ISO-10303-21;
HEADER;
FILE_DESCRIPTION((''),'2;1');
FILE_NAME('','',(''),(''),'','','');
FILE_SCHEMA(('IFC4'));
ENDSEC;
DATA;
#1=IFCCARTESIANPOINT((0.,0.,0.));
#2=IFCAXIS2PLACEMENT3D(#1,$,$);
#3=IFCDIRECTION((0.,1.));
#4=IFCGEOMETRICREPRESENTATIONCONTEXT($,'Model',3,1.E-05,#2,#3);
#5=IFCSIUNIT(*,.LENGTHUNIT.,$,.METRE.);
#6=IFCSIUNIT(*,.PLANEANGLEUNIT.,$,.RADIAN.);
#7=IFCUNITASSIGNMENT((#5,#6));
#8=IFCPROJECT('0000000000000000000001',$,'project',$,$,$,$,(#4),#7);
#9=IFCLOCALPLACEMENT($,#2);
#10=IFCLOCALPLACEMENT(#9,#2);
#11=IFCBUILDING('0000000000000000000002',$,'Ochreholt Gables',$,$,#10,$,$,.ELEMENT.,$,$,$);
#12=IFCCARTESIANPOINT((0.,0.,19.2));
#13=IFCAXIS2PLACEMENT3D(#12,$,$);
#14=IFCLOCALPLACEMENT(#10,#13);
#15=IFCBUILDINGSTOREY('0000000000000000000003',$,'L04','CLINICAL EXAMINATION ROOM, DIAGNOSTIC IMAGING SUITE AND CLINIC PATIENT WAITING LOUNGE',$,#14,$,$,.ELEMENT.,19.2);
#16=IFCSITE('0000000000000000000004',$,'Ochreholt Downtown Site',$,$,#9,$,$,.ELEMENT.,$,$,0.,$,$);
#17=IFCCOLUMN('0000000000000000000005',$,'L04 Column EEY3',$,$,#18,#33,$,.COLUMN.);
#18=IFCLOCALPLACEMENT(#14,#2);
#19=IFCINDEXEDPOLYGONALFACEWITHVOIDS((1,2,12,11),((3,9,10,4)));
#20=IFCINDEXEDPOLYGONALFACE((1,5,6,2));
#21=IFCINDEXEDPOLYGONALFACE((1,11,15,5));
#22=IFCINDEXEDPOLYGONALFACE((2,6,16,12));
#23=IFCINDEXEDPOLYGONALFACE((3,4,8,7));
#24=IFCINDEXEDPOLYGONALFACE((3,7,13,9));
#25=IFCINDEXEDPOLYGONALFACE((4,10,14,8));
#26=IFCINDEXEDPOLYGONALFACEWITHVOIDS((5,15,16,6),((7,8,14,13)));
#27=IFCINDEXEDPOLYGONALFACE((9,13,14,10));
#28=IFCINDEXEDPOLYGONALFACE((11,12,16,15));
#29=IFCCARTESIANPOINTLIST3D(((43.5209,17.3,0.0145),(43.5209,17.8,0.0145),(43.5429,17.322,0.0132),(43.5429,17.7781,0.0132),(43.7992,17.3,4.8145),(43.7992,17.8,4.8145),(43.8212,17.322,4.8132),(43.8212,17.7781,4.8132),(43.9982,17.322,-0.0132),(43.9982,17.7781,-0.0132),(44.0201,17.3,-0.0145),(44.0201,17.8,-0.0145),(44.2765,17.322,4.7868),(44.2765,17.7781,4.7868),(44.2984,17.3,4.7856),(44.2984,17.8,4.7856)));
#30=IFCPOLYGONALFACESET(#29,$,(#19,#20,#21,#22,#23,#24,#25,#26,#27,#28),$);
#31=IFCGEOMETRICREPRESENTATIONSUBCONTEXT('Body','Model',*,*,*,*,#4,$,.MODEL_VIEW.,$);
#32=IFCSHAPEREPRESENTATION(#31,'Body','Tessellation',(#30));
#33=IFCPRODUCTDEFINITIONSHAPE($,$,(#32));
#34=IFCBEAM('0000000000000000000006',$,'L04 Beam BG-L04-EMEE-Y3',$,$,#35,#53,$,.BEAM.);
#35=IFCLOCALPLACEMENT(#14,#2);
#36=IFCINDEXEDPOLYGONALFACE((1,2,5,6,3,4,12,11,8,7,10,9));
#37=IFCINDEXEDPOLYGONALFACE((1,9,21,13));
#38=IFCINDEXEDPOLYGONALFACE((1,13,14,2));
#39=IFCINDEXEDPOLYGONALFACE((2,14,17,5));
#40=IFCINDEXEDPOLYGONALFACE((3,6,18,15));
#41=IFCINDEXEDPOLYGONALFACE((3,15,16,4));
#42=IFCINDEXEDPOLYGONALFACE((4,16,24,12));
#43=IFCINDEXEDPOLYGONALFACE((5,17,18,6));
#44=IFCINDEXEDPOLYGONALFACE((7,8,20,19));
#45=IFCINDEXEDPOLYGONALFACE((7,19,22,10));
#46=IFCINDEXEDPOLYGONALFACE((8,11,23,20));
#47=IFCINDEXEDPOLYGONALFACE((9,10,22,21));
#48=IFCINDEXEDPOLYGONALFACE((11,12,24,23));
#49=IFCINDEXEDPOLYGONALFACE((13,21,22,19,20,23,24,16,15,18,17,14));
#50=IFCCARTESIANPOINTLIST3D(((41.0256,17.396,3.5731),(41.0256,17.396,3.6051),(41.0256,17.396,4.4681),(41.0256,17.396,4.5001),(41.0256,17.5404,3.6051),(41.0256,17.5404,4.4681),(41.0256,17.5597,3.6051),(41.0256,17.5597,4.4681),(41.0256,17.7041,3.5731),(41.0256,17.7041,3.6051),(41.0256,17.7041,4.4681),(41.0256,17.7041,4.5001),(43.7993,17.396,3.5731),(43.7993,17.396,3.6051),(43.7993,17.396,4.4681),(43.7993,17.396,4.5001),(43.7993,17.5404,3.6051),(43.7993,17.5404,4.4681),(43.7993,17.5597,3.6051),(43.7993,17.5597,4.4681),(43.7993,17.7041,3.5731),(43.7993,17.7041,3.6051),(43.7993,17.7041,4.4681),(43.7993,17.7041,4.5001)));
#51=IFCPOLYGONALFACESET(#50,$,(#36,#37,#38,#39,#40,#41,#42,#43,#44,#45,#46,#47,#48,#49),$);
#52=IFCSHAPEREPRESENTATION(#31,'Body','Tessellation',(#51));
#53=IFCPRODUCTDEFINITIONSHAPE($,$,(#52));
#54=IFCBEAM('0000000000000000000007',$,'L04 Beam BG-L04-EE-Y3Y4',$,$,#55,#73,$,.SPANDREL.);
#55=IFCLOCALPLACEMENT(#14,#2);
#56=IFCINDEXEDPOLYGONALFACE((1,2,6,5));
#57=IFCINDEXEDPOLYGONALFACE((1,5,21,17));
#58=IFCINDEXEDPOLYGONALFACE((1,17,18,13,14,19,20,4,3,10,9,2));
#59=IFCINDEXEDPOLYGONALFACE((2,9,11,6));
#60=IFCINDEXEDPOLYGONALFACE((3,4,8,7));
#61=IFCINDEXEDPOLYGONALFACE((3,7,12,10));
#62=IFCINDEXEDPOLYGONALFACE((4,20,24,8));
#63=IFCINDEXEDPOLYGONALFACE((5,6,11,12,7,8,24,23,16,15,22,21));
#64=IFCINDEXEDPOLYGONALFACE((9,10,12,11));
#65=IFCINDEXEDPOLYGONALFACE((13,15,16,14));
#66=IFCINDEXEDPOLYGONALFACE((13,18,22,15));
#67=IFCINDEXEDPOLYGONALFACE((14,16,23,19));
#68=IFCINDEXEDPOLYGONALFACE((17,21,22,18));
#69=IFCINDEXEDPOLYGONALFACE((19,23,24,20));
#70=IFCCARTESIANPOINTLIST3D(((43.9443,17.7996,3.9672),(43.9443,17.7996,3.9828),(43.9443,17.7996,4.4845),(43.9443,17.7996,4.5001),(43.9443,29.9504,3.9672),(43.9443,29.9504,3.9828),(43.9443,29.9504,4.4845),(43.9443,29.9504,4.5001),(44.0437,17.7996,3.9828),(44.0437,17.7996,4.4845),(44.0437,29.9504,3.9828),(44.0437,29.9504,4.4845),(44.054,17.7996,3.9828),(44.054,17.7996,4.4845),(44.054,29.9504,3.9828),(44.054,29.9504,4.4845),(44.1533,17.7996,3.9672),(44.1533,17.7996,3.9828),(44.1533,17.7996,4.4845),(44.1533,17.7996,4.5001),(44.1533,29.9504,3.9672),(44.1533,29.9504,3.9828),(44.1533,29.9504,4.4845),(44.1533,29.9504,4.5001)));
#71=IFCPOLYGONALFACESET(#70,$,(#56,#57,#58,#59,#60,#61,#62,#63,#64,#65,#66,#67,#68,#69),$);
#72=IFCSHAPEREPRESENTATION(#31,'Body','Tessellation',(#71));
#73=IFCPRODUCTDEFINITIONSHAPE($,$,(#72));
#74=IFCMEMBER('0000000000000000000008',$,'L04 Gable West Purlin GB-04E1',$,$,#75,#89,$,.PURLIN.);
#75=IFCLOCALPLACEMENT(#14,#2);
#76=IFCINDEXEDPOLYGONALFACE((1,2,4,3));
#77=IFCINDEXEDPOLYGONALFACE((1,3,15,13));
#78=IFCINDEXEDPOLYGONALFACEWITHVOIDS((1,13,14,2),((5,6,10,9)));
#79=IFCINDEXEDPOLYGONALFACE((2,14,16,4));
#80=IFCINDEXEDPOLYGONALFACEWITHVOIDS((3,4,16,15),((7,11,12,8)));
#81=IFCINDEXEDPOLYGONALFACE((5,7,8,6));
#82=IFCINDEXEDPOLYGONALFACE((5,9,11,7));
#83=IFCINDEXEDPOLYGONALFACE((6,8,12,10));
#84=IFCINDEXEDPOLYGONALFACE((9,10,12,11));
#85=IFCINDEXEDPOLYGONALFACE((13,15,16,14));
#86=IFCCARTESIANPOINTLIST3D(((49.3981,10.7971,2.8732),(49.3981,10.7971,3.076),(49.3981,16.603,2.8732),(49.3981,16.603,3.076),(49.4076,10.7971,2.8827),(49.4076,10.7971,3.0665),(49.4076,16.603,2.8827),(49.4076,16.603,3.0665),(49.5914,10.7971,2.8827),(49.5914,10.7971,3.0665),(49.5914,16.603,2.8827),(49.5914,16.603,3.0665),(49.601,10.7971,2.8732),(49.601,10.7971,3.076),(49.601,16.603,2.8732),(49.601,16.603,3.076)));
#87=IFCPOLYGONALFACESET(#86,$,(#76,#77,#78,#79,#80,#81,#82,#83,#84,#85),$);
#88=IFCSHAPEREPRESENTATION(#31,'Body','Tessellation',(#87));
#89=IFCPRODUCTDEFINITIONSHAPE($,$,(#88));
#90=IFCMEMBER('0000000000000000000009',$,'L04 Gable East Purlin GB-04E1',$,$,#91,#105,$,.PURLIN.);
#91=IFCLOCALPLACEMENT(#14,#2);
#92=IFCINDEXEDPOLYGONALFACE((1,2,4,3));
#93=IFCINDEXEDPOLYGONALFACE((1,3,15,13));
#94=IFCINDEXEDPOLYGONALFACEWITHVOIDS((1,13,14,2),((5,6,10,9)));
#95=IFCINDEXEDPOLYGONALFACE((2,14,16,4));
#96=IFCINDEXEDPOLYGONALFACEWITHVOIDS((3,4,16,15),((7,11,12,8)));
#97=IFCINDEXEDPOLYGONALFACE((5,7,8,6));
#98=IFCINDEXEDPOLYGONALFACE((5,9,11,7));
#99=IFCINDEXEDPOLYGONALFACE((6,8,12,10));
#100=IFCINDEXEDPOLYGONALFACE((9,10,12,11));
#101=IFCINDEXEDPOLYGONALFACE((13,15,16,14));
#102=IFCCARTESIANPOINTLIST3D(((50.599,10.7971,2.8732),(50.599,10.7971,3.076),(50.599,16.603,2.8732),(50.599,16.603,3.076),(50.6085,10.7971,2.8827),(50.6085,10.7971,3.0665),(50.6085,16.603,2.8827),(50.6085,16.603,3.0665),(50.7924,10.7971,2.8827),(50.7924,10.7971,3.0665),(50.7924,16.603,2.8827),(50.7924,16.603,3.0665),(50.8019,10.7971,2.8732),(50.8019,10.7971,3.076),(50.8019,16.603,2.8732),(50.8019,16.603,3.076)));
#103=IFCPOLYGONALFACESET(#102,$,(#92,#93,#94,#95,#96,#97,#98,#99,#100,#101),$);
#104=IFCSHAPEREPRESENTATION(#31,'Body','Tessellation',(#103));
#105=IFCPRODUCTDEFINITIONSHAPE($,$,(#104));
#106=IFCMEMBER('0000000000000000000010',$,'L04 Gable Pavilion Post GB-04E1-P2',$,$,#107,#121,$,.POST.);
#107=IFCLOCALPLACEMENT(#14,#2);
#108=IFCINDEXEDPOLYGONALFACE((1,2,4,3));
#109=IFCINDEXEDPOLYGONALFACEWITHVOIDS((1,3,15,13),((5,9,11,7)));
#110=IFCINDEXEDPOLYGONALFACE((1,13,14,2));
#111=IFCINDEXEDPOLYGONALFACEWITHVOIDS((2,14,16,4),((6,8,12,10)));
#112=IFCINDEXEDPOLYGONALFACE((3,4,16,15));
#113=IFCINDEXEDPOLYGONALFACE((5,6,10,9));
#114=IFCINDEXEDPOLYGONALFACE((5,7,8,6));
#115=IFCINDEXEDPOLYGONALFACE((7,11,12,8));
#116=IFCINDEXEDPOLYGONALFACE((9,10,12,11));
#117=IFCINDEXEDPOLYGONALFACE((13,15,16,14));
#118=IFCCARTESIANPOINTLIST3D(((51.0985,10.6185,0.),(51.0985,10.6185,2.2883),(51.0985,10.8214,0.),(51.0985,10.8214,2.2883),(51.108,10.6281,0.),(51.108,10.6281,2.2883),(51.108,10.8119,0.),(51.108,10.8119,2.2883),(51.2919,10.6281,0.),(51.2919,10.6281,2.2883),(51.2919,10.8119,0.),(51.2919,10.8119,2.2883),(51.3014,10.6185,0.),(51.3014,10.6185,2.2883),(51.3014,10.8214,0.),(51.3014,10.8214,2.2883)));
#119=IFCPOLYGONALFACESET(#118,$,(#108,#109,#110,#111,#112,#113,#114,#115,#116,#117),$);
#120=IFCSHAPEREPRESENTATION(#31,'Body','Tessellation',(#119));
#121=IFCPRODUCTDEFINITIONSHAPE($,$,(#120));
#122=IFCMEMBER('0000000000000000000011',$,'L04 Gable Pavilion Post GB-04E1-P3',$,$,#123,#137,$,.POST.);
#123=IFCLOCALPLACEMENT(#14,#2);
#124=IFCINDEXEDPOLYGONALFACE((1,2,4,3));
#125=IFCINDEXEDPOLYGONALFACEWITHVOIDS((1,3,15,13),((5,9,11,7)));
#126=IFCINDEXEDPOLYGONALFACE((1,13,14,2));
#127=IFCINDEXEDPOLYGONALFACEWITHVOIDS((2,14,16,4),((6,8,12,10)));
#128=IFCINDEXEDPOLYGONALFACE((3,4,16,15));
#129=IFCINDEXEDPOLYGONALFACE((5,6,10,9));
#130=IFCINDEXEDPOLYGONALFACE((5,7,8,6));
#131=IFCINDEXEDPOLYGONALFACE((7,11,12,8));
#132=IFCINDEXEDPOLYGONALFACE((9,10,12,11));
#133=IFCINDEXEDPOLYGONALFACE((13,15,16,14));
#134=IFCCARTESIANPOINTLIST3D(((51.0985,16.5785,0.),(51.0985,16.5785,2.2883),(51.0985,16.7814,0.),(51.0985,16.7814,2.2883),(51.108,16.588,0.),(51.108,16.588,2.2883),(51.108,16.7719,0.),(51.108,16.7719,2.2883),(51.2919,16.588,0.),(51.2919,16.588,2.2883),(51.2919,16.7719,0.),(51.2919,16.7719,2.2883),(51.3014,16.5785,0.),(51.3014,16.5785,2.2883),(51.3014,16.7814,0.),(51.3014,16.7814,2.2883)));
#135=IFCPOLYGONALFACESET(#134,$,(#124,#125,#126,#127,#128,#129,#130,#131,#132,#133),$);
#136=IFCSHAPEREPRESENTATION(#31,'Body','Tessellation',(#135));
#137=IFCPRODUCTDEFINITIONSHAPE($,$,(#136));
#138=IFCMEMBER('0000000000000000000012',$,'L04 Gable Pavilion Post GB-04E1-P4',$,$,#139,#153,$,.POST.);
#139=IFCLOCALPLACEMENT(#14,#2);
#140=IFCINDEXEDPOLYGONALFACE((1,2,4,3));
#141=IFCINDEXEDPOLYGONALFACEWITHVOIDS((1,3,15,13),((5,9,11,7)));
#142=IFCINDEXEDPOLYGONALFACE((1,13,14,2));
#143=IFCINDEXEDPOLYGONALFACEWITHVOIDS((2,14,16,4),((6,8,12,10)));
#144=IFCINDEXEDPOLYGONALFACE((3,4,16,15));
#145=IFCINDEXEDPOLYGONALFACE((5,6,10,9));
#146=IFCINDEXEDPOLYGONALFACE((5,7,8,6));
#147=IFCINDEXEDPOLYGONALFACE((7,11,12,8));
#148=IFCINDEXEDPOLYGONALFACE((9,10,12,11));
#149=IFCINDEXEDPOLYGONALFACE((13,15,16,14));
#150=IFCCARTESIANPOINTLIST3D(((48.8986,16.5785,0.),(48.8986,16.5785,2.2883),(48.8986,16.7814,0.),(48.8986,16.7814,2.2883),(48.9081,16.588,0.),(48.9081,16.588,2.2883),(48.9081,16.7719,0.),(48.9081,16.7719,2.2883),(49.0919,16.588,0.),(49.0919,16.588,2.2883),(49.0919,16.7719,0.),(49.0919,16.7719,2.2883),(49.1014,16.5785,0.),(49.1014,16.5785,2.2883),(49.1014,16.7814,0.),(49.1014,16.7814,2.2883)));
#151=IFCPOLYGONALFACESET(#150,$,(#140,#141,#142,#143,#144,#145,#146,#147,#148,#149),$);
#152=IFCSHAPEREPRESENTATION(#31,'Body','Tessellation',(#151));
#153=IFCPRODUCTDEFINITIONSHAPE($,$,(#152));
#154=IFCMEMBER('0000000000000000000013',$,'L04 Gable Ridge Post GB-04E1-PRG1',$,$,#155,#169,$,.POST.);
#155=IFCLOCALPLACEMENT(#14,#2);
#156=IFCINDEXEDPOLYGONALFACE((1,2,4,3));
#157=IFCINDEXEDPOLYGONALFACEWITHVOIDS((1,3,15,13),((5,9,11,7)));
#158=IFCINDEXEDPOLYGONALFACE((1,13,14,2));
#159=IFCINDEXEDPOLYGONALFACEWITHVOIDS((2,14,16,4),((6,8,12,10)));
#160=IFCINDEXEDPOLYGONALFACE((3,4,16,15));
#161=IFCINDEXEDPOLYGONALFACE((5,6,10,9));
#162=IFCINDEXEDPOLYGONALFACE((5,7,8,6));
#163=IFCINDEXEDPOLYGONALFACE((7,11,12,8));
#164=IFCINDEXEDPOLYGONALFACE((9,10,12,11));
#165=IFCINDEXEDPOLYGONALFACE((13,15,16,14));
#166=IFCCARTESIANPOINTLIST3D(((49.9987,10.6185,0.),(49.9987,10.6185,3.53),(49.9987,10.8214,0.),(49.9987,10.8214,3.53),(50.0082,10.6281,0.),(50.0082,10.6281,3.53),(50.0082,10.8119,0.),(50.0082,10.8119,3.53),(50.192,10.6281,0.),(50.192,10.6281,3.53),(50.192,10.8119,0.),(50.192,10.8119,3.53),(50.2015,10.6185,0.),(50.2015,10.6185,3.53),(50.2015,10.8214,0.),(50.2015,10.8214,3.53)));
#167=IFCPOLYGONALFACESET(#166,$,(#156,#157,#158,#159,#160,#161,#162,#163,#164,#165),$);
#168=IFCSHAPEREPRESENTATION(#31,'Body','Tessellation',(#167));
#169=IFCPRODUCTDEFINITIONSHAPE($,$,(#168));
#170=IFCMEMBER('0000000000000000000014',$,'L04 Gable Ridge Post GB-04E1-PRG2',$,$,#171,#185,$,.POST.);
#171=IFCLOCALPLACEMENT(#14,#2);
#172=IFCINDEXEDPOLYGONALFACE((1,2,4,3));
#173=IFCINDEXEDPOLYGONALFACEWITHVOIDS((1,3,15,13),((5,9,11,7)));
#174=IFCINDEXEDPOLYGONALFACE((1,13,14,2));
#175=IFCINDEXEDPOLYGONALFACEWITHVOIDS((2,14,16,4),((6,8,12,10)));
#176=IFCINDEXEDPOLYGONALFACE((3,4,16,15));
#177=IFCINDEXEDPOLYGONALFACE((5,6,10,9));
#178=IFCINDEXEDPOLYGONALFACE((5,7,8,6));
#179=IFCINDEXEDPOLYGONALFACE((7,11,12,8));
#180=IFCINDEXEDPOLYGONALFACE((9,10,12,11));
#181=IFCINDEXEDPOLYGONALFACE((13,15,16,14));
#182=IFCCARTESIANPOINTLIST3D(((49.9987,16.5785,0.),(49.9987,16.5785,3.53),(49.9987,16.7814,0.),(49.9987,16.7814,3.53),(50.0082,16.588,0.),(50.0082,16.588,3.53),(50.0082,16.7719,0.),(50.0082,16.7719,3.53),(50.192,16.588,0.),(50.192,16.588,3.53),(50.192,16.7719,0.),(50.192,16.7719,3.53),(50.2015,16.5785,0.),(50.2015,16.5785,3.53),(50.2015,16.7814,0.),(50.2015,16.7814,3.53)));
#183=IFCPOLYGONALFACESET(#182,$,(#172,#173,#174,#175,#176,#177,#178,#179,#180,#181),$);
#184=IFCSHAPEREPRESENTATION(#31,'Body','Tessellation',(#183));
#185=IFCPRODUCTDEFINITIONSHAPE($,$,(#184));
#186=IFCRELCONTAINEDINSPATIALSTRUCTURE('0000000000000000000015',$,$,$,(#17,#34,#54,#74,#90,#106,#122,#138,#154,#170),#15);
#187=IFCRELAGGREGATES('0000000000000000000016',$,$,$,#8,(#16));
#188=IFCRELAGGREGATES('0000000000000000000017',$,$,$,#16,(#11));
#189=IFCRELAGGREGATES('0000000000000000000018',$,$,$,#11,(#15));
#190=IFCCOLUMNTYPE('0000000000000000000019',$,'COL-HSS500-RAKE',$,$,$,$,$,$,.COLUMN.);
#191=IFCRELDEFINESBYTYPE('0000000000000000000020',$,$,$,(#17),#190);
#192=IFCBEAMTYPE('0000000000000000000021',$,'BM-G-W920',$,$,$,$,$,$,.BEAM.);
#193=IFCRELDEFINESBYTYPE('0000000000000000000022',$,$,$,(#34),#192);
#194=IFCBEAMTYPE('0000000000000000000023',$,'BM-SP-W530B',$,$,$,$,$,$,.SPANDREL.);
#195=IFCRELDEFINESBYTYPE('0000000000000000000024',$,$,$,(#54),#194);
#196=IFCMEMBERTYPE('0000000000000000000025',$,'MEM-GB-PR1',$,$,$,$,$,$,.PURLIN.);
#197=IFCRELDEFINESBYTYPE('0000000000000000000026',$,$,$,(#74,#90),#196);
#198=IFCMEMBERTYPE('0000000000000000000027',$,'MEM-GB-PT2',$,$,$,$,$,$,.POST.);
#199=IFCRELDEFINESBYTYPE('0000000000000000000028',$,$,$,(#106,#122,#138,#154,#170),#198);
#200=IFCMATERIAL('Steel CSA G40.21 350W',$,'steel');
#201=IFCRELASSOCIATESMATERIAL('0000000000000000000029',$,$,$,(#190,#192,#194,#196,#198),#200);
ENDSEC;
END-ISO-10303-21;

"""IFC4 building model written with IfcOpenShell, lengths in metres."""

from ifc_helpers import new_model, si_unit, direction, frame, origin, origin_2d, place, context, subcontext, project, spatial, hollow_rectangle, i_section, extrude, material, material_profile, profile_set, type_object, element, save


model = new_model("IFC4")

# Units and contexts
model_context = context("Model", 3, precision=1e-05, world=origin(), true_north=direction((0.0, 1.0)))
body_context = subcontext(model_context, "Body", "Model", "MODEL_VIEW")
ifc_project = project(units=[si_unit("LENGTHUNIT", "METRE"), si_unit("PLANEANGLEUNIT", "RADIAN")], contexts=[model_context])

# Site, building, storey
site_placement = place(None, origin())
site = spatial("IfcSite", under=ifc_project, at=site_placement, Name="Ochreholt Downtown Site", CompositionType="ELEMENT", RefElevation=0.0)
building_placement = place(site_placement, origin())
building = spatial("IfcBuilding", under=site, at=building_placement, Name="Ochreholt Gables", CompositionType="ELEMENT")
storey_placement = place(building_placement, frame((0.0, 0.0, 19.2)))
storey = spatial("IfcBuildingStorey", under=building, at=storey_placement, Name="L04", Description="CLINICAL EXAMINATION ROOM, DIAGNOSTIC IMAGING SUITE AND CLINIC PATIENT WAITING LOUNGE", CompositionType="ELEMENT", Elevation=19.2)

# Column
ifc_material_1 = material(Name="Steel CSA G40.21 350W", Category="steel")
ifc_material_profile_1 = material_profile(ifc_material_1, hollow_rectangle(XDim=0.5, YDim=0.5, WallThickness=0.022, at=origin_2d()), Name="HSS500X500X22")
ifc_profile_set_1 = profile_set([ifc_material_profile_1], Name="Steel CSA G40.21 350W")
column_type = type_object("IfcColumnType", Name="COL-HSS500-RAKE", PredefinedType="COLUMN", material=ifc_profile_set_1)
column_placement = place(storey_placement, frame((43.7705, 17.55, 0.0), z_axis=(0.057886, 0.0, 0.998323), x_axis=(0.0, 1.0, 0.0)))
element("IfcColumn", 1, at=column_placement, inside=storey, type_object=column_type, Name="L04 Column EEY3", PredefinedType="COLUMN", context=body_context, shape_type="SweptSolid", body=[
    extrude(hollow_rectangle(XDim=0.5, YDim=0.5, WallThickness=0.022, at=origin_2d()), origin(), (0.0, 0.0, 1.0), 4.8081),
])

# Beams
ifc_material_profile_2 = material_profile(ifc_material_1, i_section(OverallWidth=0.3081, OverallDepth=0.927, WebThickness=0.0193, FlangeThickness=0.032, at=origin_2d()), Name="W920X289")
ifc_profile_set_2 = profile_set([ifc_material_profile_2], Name="Steel CSA G40.21 350W")
beam_type_1 = type_object("IfcBeamType", Name="BM-G-W920", PredefinedType="BEAM", material=ifc_profile_set_2)
beam_1_placement = place(storey_placement, frame((41.0256, 17.55, 4.0366), z_axis=(1.0, 0.0, 0.0), x_axis=(0.0, 1.0, 0.0)))
element("IfcBeam", 2, at=beam_1_placement, inside=storey, type_object=beam_type_1, Name="L04 Beam BG-L04-EMEE-Y3", PredefinedType="BEAM", context=body_context, shape_type="SweptSolid", body=[
    extrude(i_section(OverallWidth=0.3081, OverallDepth=0.927, WebThickness=0.0193, FlangeThickness=0.032, at=origin_2d()), origin(), (0.0, 0.0, 1.0), 2.7737),
])
ifc_material_profile_3 = material_profile(ifc_material_1, i_section(OverallWidth=0.209, OverallDepth=0.533, WebThickness=0.0103, FlangeThickness=0.0156, at=origin_2d()), Name="W530X92")
ifc_profile_set_3 = profile_set([ifc_material_profile_3], Name="Steel CSA G40.21 350W")
beam_type_2 = type_object("IfcBeamType", Name="BM-SP-W530B", PredefinedType="SPANDREL", material=ifc_profile_set_3)
beam_2_placement = place(storey_placement, frame((44.0488, 17.7996, 4.2336), z_axis=(0.0, 1.0, 0.0), x_axis=(-1.0, 0.0, 0.0)))
element("IfcBeam", 3, at=beam_2_placement, inside=storey, type_object=beam_type_2, Name="L04 Beam BG-L04-EE-Y3Y4", PredefinedType="SPANDREL", context=body_context, shape_type="SweptSolid", body=[
    extrude(i_section(OverallWidth=0.209, OverallDepth=0.533, WebThickness=0.0103, FlangeThickness=0.0156, at=origin_2d()), origin(), (0.0, 0.0, 1.0), 12.1509),
])

# Members
ifc_material_profile_4 = material_profile(ifc_material_1, hollow_rectangle(XDim=0.2029, YDim=0.2029, WallThickness=0.0095, at=origin_2d()), Name="HSS203X203X10")
ifc_profile_set_4 = profile_set([ifc_material_profile_4], Name="Steel CSA G40.21 350W")
member_type_1 = type_object("IfcMemberType", Name="MEM-GB-PR1", PredefinedType="PURLIN", material=ifc_profile_set_4)
for number, where, z_axis, x_axis, name in (
    (4, (49.4995, 10.7971, 2.9746), (0.0, 1.0, 0.0), (-1.0, 0.0, 0.0), "L04 Gable West Purlin GB-04E1"),
    (5, (50.7004, 10.7971, 2.9746), (0.0, 1.0, 0.0), (-1.0, 0.0, 0.0), "L04 Gable East Purlin GB-04E1"),
):
    element("IfcMember", number, at=place(storey_placement, frame(where, z_axis=z_axis, x_axis=x_axis)), inside=storey, type_object=member_type_1, Name=name, PredefinedType="PURLIN", context=body_context, shape_type="SweptSolid", body=[
        extrude(hollow_rectangle(XDim=0.2029, YDim=0.2029, WallThickness=0.0095, at=origin_2d()), origin(), (0.0, 0.0, 1.0), 5.8059),
    ])
ifc_material_profile_5 = material_profile(ifc_material_1, hollow_rectangle(XDim=0.2029, YDim=0.2029, WallThickness=0.0095, at=origin_2d()), Name="HSS203X203X10")
ifc_profile_set_5 = profile_set([ifc_material_profile_5], Name="Steel CSA G40.21 350W")
member_type_2 = type_object("IfcMemberType", Name="MEM-GB-PT2", PredefinedType="POST", material=ifc_profile_set_5)
for number, where, z_axis, x_axis, name in (
    (6, (51.2, 10.72, 0.0), (0.0, 0.0, 1.0), (1.0, 0.0, 0.0), "L04 Gable Pavilion Post GB-04E1-P2"),
    (7, (51.2, 16.6799, 0.0), (0.0, 0.0, 1.0), (1.0, 0.0, 0.0), "L04 Gable Pavilion Post GB-04E1-P3"),
    (8, (49.0, 16.6799, 0.0), (0.0, 0.0, 1.0), (1.0, 0.0, 0.0), "L04 Gable Pavilion Post GB-04E1-P4"),
):
    element("IfcMember", number, at=place(storey_placement, frame(where, z_axis=z_axis, x_axis=x_axis)), inside=storey, type_object=member_type_2, Name=name, PredefinedType="POST", context=body_context, shape_type="SweptSolid", body=[
        extrude(hollow_rectangle(XDim=0.2029, YDim=0.2029, WallThickness=0.0095, at=origin_2d()), origin(), (0.0, 0.0, 1.0), 2.2883),
    ])
for number, where, z_axis, x_axis, name in (
    (9, (50.1001, 10.72, 0.0), (0.0, 0.0, 1.0), (1.0, 0.0, 0.0), "L04 Gable Ridge Post GB-04E1-PRG1"),
    (10, (50.1001, 16.6799, 0.0), (0.0, 0.0, 1.0), (1.0, 0.0, 0.0), "L04 Gable Ridge Post GB-04E1-PRG2"),
):
    element("IfcMember", number, at=place(storey_placement, frame(where, z_axis=z_axis, x_axis=x_axis)), inside=storey, type_object=member_type_2, Name=name, PredefinedType="POST", context=body_context, shape_type="SweptSolid", body=[
        extrude(hollow_rectangle(XDim=0.2029, YDim=0.2029, WallThickness=0.0095, at=origin_2d()), origin(), (0.0, 0.0, 1.0), 3.53),
    ])

save(model, "model.ifc")
